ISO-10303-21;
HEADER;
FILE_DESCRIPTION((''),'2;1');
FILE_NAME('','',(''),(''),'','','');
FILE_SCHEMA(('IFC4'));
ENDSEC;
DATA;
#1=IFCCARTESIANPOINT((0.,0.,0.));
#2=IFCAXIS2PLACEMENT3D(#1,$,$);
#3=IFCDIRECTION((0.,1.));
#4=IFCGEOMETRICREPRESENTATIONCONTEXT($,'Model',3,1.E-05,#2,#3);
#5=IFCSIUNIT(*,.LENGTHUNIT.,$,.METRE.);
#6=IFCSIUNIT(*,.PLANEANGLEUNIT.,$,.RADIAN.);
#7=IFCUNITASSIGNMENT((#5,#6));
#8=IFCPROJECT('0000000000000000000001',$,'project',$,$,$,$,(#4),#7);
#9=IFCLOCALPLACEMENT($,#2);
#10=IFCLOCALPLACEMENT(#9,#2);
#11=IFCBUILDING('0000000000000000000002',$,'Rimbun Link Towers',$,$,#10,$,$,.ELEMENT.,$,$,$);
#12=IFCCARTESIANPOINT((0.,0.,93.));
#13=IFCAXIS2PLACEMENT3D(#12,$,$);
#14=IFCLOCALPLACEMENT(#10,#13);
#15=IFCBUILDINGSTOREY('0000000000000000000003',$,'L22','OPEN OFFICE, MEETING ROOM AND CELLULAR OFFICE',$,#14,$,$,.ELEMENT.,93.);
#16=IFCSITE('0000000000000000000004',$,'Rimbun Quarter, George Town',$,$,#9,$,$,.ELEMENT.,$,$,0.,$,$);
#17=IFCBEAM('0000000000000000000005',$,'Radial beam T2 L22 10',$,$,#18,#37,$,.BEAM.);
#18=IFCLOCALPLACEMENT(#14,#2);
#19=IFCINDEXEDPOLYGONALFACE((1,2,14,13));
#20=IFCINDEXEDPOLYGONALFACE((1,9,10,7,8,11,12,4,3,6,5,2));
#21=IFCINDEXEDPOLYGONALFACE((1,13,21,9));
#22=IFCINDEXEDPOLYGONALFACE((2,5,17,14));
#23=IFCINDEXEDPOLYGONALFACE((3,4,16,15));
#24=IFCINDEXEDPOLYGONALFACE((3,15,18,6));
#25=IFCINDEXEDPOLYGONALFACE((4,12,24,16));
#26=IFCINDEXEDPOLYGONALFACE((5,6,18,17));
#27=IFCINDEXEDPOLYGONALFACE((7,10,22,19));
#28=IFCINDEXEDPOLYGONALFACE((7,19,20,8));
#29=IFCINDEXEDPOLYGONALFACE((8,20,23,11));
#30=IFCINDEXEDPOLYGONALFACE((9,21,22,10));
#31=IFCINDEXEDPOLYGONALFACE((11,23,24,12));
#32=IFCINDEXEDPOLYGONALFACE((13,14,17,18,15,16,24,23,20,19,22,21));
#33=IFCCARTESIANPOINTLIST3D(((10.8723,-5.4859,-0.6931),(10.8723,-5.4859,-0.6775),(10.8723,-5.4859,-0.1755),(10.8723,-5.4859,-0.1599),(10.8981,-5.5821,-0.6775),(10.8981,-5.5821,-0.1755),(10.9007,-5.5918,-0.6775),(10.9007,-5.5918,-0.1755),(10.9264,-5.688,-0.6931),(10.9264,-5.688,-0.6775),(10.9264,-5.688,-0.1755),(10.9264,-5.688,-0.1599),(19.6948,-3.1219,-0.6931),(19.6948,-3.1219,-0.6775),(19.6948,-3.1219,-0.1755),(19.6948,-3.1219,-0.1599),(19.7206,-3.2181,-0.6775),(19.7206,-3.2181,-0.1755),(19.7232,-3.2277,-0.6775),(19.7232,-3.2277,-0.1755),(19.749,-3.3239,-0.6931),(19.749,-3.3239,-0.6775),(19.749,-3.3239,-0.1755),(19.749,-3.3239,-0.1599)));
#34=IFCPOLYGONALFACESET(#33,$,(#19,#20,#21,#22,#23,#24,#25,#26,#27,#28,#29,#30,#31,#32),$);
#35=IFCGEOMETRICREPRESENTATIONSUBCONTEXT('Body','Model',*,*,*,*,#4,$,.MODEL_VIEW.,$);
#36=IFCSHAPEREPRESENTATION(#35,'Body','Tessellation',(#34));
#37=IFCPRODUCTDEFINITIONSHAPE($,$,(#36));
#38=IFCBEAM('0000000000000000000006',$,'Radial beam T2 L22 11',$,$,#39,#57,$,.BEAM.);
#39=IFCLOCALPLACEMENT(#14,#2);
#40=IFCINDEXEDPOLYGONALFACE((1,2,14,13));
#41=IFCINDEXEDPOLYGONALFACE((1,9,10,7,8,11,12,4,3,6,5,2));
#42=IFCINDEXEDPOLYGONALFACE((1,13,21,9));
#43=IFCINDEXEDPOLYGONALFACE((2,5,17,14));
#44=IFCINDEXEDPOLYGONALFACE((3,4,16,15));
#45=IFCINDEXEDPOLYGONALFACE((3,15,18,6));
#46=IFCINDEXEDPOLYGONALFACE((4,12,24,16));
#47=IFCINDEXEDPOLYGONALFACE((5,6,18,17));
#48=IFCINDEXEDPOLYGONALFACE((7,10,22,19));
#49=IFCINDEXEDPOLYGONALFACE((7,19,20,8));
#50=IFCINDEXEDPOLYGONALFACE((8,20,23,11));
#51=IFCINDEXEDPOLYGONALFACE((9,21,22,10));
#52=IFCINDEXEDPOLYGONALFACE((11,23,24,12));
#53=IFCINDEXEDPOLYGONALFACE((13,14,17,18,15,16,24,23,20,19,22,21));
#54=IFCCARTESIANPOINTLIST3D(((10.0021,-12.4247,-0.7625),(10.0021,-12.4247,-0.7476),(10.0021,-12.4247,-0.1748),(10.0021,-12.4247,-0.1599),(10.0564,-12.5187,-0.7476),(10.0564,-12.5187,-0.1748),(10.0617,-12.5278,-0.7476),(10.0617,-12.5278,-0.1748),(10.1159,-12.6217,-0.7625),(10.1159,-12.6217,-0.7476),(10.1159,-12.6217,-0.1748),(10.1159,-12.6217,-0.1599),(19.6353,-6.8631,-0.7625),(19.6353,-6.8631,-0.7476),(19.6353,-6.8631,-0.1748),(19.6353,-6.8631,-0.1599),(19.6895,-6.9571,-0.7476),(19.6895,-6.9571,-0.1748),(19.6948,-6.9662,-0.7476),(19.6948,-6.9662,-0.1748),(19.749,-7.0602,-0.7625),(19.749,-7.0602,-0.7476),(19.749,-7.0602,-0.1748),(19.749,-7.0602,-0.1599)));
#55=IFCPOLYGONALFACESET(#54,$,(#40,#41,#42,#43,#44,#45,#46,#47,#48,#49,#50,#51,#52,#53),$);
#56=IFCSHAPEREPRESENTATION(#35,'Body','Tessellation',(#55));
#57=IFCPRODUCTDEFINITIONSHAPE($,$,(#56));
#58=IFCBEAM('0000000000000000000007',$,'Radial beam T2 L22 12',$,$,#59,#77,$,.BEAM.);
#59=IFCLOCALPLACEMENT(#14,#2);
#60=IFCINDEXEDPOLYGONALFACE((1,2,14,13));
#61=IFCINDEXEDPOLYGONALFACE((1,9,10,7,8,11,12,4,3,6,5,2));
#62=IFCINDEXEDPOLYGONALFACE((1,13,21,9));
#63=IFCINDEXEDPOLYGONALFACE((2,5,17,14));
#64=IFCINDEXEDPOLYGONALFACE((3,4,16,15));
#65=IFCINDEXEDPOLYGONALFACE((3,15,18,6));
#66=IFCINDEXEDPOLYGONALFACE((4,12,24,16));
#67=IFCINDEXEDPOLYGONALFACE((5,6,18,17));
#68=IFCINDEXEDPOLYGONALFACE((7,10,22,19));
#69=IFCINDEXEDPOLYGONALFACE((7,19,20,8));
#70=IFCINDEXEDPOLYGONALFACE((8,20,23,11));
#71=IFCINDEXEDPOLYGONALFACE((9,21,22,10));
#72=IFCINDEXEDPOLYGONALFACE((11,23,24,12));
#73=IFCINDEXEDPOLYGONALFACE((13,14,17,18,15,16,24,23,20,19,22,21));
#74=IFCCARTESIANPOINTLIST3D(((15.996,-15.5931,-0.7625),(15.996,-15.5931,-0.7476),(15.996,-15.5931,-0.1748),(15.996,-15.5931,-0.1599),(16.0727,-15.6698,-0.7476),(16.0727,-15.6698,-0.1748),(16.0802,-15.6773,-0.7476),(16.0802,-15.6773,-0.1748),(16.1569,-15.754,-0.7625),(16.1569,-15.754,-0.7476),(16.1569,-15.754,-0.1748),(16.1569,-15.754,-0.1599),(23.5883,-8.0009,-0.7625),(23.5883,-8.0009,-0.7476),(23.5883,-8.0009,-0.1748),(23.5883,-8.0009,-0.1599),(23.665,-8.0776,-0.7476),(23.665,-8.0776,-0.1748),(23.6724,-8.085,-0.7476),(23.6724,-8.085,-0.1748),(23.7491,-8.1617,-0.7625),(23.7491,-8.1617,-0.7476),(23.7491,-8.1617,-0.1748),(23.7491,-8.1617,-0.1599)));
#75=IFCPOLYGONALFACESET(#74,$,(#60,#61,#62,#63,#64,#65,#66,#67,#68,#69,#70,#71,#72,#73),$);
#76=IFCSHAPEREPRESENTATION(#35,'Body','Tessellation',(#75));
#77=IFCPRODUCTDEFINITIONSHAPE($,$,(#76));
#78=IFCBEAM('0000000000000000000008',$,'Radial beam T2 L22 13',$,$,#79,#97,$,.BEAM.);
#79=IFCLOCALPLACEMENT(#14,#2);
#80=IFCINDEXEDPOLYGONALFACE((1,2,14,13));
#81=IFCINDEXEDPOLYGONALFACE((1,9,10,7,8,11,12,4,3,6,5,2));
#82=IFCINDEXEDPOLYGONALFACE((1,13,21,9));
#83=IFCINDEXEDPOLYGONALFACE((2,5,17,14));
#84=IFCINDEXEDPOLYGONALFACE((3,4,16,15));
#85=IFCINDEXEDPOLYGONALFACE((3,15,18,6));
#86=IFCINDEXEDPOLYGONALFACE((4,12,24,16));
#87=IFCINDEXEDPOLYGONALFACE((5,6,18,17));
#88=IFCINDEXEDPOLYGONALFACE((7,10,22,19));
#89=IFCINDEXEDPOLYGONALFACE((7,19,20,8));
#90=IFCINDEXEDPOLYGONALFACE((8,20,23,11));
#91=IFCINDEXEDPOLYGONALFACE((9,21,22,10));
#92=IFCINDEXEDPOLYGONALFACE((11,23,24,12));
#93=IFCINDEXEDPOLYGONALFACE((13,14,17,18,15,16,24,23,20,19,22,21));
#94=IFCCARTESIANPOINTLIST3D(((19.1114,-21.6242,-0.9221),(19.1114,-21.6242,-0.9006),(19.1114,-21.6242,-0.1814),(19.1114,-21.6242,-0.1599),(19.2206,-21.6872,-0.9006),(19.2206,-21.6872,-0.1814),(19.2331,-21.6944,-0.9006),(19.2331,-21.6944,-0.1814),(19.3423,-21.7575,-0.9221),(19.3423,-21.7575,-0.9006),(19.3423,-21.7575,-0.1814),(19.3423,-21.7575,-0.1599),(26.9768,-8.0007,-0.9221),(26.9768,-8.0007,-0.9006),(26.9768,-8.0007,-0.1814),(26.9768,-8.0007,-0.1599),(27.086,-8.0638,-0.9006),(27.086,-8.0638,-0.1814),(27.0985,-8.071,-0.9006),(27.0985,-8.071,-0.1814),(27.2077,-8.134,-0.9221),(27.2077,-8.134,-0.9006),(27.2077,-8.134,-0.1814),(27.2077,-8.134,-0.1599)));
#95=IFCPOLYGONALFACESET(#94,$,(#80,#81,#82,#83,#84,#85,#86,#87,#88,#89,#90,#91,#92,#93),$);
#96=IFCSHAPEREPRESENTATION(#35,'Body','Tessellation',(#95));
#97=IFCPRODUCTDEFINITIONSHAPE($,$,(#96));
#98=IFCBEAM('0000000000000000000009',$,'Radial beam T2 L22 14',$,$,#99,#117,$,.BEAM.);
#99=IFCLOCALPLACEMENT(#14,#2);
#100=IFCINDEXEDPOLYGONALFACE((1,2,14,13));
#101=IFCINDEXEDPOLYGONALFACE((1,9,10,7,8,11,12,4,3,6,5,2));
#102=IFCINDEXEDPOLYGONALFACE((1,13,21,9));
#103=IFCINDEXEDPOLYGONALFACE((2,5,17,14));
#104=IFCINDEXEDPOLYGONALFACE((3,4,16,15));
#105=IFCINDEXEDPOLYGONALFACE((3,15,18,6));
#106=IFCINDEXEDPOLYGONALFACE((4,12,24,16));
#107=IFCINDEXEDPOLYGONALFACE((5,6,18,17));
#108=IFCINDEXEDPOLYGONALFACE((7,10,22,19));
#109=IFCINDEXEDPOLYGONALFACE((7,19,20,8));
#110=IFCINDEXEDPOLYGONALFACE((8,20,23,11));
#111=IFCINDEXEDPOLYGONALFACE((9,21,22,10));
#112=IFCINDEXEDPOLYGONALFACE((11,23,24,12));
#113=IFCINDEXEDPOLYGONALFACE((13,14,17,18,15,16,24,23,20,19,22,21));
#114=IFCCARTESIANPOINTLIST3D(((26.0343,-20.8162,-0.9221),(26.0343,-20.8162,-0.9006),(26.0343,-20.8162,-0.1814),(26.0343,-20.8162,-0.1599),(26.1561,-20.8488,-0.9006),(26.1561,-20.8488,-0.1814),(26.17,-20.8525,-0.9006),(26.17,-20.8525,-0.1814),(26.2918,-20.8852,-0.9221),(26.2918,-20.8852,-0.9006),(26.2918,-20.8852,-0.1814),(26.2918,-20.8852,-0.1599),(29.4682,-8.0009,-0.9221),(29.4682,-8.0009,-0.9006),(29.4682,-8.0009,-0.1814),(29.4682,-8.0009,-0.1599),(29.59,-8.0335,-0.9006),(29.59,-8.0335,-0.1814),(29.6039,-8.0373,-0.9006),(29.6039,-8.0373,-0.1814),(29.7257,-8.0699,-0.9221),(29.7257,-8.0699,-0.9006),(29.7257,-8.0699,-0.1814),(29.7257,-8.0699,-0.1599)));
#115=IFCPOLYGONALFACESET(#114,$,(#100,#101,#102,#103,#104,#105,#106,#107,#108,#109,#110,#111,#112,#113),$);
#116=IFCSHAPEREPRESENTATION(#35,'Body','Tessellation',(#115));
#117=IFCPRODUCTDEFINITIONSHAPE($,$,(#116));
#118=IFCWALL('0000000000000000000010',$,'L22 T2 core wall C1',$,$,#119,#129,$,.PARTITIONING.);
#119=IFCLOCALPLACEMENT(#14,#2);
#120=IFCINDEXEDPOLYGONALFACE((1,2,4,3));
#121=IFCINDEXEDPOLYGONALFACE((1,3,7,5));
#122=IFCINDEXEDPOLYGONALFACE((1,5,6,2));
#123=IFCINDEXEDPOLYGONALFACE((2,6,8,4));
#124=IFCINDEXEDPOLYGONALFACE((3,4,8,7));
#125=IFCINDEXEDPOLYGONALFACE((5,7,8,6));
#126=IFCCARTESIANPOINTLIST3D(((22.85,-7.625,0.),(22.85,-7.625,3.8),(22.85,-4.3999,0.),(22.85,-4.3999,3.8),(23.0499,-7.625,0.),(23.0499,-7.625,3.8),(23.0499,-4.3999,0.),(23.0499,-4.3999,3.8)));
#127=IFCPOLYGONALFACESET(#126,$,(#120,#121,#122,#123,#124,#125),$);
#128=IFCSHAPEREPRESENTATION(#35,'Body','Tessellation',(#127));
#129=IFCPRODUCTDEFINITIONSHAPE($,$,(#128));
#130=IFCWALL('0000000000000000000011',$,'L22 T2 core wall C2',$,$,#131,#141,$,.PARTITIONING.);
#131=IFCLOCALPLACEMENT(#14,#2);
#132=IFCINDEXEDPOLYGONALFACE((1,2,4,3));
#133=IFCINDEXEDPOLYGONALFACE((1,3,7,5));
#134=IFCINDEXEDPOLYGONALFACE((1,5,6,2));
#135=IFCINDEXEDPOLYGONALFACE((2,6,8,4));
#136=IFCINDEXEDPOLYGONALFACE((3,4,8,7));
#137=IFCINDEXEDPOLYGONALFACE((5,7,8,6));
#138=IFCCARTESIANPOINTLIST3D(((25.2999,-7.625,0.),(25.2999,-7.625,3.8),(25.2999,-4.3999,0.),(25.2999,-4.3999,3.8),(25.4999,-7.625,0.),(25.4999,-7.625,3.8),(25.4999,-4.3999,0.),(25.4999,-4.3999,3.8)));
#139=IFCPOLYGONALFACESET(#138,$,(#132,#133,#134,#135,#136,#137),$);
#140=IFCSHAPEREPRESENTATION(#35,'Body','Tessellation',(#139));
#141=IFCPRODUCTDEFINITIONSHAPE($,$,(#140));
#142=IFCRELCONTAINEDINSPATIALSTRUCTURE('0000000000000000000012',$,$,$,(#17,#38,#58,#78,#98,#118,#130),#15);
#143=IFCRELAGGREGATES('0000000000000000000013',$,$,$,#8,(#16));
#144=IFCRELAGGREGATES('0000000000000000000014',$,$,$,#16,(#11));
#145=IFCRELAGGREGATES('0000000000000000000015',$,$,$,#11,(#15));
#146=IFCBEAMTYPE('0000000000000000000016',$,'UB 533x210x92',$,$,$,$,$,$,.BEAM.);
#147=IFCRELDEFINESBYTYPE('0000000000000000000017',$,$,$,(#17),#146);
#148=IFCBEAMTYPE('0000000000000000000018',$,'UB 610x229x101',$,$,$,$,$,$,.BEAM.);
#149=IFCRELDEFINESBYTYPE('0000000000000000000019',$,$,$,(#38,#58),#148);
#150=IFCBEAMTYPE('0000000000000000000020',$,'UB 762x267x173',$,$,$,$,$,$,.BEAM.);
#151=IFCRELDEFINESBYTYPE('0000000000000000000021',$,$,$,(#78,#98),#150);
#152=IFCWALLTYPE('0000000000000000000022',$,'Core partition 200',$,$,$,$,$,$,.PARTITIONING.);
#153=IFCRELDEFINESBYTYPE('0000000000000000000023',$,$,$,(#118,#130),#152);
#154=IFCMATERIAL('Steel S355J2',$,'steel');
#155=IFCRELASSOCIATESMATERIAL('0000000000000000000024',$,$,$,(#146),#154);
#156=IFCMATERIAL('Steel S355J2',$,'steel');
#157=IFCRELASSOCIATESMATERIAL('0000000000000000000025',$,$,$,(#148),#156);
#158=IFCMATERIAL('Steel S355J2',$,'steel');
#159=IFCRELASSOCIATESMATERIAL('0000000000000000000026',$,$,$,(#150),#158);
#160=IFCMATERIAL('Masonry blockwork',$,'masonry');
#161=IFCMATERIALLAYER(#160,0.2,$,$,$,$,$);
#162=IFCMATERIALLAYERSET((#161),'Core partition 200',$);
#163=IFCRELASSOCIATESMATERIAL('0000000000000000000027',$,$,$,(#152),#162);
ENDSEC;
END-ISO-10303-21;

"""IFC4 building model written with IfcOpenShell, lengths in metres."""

from ifc_helpers import new_model, si_unit, direction, frame, frame_2d, origin, origin_2d, place, context, subcontext, project, spatial, rectangle, i_section, extrude, material, layer, layer_set, material_profile, profile_set, type_object, element, save


model = new_model("IFC4")

# Units and contexts
model_context = context("Model", 3, precision=1e-05, world=origin(), true_north=direction((0.0, 1.0)))
body_context = subcontext(model_context, "Body", "Model", "MODEL_VIEW")
ifc_project = project(units=[si_unit("LENGTHUNIT", "METRE"), si_unit("PLANEANGLEUNIT", "RADIAN")], contexts=[model_context])

# Site, building, storey
site_placement = place(None, origin())
site = spatial("IfcSite", under=ifc_project, at=site_placement, Name="Rimbun Quarter, George Town", CompositionType="ELEMENT", RefElevation=0.0)
building_placement = place(site_placement, origin())
building = spatial("IfcBuilding", under=site, at=building_placement, Name="Rimbun Link Towers", CompositionType="ELEMENT")
storey_placement = place(building_placement, frame((0.0, 0.0, 93.0)))
storey = spatial("IfcBuildingStorey", under=building, at=storey_placement, Name="L22", Description="OPEN OFFICE, MEETING ROOM AND CELLULAR OFFICE", CompositionType="ELEMENT", Elevation=93.0)

# Beams
ifc_material_1 = material(Name="Steel S355J2", Category="steel")
ifc_material_profile_1 = material_profile(ifc_material_1, i_section(OverallWidth=0.2092, OverallDepth=0.5332, WebThickness=0.01, FlangeThickness=0.0156, at=origin_2d()), Name="UB 533x210x92")
ifc_profile_set_1 = profile_set([ifc_material_profile_1], Name="Steel S355J2")
beam_type_1 = type_object("IfcBeamType", Name="UB 533x210x92", PredefinedType="BEAM", material=ifc_profile_set_1)
beam_1_placement = place(storey_placement, frame((19.7219, -3.2229, -0.4265), z_axis=(-0.965925, -0.258822, 0.0), x_axis=(0.258822, -0.965925, 0.0)))
element("IfcBeam", 1, at=beam_1_placement, inside=storey, type_object=beam_type_1, Name="Radial beam T2 L22 10", PredefinedType="BEAM", context=body_context, shape_type="SweptSolid", body=[
    extrude(i_section(OverallWidth=0.2092, OverallDepth=0.5332, WebThickness=0.01, FlangeThickness=0.0156, at=origin_2d()), origin(), (0.0, 0.0, 1.0), 9.1338),
])
ifc_material_2 = material(Name="Steel S355J2", Category="steel")
ifc_material_profile_2 = material_profile(ifc_material_2, i_section(OverallWidth=0.2275, OverallDepth=0.6025, WebThickness=0.0105, FlangeThickness=0.0149, at=origin_2d()), Name="UB 610x229x101")
ifc_profile_set_2 = profile_set([ifc_material_profile_2], Name="Steel S355J2")
beam_type_2 = type_object("IfcBeamType", Name="UB 610x229x101", PredefinedType="BEAM", material=ifc_profile_set_2)
beam_2_placement = place(storey_placement, frame((19.6921, -6.9617, -0.4612), z_axis=(-0.86603, -0.499992, 0.0), x_axis=(0.499992, -0.86603, 0.0)))
element("IfcBeam", 2, at=beam_2_placement, inside=storey, type_object=beam_type_2, Name="Radial beam T2 L22 11", PredefinedType="BEAM", context=body_context, shape_type="SweptSolid", body=[
    extrude(i_section(OverallWidth=0.2275, OverallDepth=0.6025, WebThickness=0.0105, FlangeThickness=0.0149, at=origin_2d()), origin(), (0.0, 0.0, 1.0), 11.1233),
])
beam_3_placement = place(storey_placement, frame((23.6687, -8.0813, -0.4612), z_axis=(-0.707107, -0.707107, 0.0), x_axis=(0.707107, -0.707107, 0.0)))
element("IfcBeam", 3, at=beam_3_placement, inside=storey, type_object=beam_type_2, Name="Radial beam T2 L22 12", PredefinedType="BEAM", context=body_context, shape_type="SweptSolid", body=[
    extrude(i_section(OverallWidth=0.2275, OverallDepth=0.6025, WebThickness=0.0105, FlangeThickness=0.0149, at=origin_2d()), origin(), (0.0, 0.0, 1.0), 10.7371),
])
ifc_material_3 = material(Name="Steel S355J2", Category="steel")
ifc_material_profile_3 = material_profile(ifc_material_3, i_section(OverallWidth=0.2666, OverallDepth=0.7622, WebThickness=0.0144, FlangeThickness=0.0215, at=origin_2d()), Name="UB 762x267x173")
ifc_profile_set_3 = profile_set([ifc_material_profile_3], Name="Steel S355J2")
beam_type_3 = type_object("IfcBeamType", Name="UB 762x267x173", PredefinedType="BEAM", material=ifc_profile_set_3)
beam_4_placement = place(storey_placement, frame((27.0923, -8.0674, -0.541), z_axis=(-0.499997, -0.866027, 0.0), x_axis=(0.866027, -0.499997, 0.0)))
element("IfcBeam", 4, at=beam_4_placement, inside=storey, type_object=beam_type_3, Name="Radial beam T2 L22 13", PredefinedType="BEAM", context=body_context, shape_type="SweptSolid", body=[
    extrude(i_section(OverallWidth=0.2666, OverallDepth=0.7622, WebThickness=0.0144, FlangeThickness=0.0215, at=origin_2d()), origin(), (0.0, 0.0, 1.0), 15.731),
])
beam_5_placement = place(storey_placement, frame((29.5969, -8.0354, -0.541), z_axis=(-0.25882, -0.965925, 0.0), x_axis=(0.965925, -0.25882, 0.0)))
element("IfcBeam", 5, at=beam_5_placement, inside=storey, type_object=beam_type_3, Name="Radial beam T2 L22 14", PredefinedType="BEAM", context=body_context, shape_type="SweptSolid", body=[
    extrude(i_section(OverallWidth=0.2666, OverallDepth=0.7622, WebThickness=0.0144, FlangeThickness=0.0215, at=origin_2d()), origin(), (0.0, 0.0, 1.0), 13.2673),
])

# Walls
ifc_material_4 = material(Name="Masonry blockwork", Category="masonry")
ifc_layer_1 = layer(ifc_material_4, 0.2)
ifc_layer_set_1 = layer_set([ifc_layer_1], Name="Core partition 200")
wall_type_1 = type_object("IfcWallType", Name="Core partition 200", PredefinedType="PARTITIONING", material=ifc_layer_set_1)
for number, where, z_axis, x_axis, name in (
    (6, (22.95, -4.3999, 0.0), (0.0, 0.0, 1.0), (0.0, -1.0, 0.0), "L22 T2 core wall C1"),
    (7, (25.3999, -4.3999, 0.0), (0.0, 0.0, 1.0), (0.0, -1.0, 0.0), "L22 T2 core wall C2"),
):
    element("IfcWall", number, at=place(storey_placement, frame(where, z_axis=z_axis, x_axis=x_axis)), inside=storey, type_object=wall_type_1, Name=name, PredefinedType="PARTITIONING", context=body_context, shape_type="SweptSolid", body=[
        extrude(rectangle(XDim=3.2251, YDim=0.2, at=frame_2d((1.6125, 0.0))), origin(), (0.0, 0.0, 1.0), 3.8),
    ])

save(model, "model.ifc")
